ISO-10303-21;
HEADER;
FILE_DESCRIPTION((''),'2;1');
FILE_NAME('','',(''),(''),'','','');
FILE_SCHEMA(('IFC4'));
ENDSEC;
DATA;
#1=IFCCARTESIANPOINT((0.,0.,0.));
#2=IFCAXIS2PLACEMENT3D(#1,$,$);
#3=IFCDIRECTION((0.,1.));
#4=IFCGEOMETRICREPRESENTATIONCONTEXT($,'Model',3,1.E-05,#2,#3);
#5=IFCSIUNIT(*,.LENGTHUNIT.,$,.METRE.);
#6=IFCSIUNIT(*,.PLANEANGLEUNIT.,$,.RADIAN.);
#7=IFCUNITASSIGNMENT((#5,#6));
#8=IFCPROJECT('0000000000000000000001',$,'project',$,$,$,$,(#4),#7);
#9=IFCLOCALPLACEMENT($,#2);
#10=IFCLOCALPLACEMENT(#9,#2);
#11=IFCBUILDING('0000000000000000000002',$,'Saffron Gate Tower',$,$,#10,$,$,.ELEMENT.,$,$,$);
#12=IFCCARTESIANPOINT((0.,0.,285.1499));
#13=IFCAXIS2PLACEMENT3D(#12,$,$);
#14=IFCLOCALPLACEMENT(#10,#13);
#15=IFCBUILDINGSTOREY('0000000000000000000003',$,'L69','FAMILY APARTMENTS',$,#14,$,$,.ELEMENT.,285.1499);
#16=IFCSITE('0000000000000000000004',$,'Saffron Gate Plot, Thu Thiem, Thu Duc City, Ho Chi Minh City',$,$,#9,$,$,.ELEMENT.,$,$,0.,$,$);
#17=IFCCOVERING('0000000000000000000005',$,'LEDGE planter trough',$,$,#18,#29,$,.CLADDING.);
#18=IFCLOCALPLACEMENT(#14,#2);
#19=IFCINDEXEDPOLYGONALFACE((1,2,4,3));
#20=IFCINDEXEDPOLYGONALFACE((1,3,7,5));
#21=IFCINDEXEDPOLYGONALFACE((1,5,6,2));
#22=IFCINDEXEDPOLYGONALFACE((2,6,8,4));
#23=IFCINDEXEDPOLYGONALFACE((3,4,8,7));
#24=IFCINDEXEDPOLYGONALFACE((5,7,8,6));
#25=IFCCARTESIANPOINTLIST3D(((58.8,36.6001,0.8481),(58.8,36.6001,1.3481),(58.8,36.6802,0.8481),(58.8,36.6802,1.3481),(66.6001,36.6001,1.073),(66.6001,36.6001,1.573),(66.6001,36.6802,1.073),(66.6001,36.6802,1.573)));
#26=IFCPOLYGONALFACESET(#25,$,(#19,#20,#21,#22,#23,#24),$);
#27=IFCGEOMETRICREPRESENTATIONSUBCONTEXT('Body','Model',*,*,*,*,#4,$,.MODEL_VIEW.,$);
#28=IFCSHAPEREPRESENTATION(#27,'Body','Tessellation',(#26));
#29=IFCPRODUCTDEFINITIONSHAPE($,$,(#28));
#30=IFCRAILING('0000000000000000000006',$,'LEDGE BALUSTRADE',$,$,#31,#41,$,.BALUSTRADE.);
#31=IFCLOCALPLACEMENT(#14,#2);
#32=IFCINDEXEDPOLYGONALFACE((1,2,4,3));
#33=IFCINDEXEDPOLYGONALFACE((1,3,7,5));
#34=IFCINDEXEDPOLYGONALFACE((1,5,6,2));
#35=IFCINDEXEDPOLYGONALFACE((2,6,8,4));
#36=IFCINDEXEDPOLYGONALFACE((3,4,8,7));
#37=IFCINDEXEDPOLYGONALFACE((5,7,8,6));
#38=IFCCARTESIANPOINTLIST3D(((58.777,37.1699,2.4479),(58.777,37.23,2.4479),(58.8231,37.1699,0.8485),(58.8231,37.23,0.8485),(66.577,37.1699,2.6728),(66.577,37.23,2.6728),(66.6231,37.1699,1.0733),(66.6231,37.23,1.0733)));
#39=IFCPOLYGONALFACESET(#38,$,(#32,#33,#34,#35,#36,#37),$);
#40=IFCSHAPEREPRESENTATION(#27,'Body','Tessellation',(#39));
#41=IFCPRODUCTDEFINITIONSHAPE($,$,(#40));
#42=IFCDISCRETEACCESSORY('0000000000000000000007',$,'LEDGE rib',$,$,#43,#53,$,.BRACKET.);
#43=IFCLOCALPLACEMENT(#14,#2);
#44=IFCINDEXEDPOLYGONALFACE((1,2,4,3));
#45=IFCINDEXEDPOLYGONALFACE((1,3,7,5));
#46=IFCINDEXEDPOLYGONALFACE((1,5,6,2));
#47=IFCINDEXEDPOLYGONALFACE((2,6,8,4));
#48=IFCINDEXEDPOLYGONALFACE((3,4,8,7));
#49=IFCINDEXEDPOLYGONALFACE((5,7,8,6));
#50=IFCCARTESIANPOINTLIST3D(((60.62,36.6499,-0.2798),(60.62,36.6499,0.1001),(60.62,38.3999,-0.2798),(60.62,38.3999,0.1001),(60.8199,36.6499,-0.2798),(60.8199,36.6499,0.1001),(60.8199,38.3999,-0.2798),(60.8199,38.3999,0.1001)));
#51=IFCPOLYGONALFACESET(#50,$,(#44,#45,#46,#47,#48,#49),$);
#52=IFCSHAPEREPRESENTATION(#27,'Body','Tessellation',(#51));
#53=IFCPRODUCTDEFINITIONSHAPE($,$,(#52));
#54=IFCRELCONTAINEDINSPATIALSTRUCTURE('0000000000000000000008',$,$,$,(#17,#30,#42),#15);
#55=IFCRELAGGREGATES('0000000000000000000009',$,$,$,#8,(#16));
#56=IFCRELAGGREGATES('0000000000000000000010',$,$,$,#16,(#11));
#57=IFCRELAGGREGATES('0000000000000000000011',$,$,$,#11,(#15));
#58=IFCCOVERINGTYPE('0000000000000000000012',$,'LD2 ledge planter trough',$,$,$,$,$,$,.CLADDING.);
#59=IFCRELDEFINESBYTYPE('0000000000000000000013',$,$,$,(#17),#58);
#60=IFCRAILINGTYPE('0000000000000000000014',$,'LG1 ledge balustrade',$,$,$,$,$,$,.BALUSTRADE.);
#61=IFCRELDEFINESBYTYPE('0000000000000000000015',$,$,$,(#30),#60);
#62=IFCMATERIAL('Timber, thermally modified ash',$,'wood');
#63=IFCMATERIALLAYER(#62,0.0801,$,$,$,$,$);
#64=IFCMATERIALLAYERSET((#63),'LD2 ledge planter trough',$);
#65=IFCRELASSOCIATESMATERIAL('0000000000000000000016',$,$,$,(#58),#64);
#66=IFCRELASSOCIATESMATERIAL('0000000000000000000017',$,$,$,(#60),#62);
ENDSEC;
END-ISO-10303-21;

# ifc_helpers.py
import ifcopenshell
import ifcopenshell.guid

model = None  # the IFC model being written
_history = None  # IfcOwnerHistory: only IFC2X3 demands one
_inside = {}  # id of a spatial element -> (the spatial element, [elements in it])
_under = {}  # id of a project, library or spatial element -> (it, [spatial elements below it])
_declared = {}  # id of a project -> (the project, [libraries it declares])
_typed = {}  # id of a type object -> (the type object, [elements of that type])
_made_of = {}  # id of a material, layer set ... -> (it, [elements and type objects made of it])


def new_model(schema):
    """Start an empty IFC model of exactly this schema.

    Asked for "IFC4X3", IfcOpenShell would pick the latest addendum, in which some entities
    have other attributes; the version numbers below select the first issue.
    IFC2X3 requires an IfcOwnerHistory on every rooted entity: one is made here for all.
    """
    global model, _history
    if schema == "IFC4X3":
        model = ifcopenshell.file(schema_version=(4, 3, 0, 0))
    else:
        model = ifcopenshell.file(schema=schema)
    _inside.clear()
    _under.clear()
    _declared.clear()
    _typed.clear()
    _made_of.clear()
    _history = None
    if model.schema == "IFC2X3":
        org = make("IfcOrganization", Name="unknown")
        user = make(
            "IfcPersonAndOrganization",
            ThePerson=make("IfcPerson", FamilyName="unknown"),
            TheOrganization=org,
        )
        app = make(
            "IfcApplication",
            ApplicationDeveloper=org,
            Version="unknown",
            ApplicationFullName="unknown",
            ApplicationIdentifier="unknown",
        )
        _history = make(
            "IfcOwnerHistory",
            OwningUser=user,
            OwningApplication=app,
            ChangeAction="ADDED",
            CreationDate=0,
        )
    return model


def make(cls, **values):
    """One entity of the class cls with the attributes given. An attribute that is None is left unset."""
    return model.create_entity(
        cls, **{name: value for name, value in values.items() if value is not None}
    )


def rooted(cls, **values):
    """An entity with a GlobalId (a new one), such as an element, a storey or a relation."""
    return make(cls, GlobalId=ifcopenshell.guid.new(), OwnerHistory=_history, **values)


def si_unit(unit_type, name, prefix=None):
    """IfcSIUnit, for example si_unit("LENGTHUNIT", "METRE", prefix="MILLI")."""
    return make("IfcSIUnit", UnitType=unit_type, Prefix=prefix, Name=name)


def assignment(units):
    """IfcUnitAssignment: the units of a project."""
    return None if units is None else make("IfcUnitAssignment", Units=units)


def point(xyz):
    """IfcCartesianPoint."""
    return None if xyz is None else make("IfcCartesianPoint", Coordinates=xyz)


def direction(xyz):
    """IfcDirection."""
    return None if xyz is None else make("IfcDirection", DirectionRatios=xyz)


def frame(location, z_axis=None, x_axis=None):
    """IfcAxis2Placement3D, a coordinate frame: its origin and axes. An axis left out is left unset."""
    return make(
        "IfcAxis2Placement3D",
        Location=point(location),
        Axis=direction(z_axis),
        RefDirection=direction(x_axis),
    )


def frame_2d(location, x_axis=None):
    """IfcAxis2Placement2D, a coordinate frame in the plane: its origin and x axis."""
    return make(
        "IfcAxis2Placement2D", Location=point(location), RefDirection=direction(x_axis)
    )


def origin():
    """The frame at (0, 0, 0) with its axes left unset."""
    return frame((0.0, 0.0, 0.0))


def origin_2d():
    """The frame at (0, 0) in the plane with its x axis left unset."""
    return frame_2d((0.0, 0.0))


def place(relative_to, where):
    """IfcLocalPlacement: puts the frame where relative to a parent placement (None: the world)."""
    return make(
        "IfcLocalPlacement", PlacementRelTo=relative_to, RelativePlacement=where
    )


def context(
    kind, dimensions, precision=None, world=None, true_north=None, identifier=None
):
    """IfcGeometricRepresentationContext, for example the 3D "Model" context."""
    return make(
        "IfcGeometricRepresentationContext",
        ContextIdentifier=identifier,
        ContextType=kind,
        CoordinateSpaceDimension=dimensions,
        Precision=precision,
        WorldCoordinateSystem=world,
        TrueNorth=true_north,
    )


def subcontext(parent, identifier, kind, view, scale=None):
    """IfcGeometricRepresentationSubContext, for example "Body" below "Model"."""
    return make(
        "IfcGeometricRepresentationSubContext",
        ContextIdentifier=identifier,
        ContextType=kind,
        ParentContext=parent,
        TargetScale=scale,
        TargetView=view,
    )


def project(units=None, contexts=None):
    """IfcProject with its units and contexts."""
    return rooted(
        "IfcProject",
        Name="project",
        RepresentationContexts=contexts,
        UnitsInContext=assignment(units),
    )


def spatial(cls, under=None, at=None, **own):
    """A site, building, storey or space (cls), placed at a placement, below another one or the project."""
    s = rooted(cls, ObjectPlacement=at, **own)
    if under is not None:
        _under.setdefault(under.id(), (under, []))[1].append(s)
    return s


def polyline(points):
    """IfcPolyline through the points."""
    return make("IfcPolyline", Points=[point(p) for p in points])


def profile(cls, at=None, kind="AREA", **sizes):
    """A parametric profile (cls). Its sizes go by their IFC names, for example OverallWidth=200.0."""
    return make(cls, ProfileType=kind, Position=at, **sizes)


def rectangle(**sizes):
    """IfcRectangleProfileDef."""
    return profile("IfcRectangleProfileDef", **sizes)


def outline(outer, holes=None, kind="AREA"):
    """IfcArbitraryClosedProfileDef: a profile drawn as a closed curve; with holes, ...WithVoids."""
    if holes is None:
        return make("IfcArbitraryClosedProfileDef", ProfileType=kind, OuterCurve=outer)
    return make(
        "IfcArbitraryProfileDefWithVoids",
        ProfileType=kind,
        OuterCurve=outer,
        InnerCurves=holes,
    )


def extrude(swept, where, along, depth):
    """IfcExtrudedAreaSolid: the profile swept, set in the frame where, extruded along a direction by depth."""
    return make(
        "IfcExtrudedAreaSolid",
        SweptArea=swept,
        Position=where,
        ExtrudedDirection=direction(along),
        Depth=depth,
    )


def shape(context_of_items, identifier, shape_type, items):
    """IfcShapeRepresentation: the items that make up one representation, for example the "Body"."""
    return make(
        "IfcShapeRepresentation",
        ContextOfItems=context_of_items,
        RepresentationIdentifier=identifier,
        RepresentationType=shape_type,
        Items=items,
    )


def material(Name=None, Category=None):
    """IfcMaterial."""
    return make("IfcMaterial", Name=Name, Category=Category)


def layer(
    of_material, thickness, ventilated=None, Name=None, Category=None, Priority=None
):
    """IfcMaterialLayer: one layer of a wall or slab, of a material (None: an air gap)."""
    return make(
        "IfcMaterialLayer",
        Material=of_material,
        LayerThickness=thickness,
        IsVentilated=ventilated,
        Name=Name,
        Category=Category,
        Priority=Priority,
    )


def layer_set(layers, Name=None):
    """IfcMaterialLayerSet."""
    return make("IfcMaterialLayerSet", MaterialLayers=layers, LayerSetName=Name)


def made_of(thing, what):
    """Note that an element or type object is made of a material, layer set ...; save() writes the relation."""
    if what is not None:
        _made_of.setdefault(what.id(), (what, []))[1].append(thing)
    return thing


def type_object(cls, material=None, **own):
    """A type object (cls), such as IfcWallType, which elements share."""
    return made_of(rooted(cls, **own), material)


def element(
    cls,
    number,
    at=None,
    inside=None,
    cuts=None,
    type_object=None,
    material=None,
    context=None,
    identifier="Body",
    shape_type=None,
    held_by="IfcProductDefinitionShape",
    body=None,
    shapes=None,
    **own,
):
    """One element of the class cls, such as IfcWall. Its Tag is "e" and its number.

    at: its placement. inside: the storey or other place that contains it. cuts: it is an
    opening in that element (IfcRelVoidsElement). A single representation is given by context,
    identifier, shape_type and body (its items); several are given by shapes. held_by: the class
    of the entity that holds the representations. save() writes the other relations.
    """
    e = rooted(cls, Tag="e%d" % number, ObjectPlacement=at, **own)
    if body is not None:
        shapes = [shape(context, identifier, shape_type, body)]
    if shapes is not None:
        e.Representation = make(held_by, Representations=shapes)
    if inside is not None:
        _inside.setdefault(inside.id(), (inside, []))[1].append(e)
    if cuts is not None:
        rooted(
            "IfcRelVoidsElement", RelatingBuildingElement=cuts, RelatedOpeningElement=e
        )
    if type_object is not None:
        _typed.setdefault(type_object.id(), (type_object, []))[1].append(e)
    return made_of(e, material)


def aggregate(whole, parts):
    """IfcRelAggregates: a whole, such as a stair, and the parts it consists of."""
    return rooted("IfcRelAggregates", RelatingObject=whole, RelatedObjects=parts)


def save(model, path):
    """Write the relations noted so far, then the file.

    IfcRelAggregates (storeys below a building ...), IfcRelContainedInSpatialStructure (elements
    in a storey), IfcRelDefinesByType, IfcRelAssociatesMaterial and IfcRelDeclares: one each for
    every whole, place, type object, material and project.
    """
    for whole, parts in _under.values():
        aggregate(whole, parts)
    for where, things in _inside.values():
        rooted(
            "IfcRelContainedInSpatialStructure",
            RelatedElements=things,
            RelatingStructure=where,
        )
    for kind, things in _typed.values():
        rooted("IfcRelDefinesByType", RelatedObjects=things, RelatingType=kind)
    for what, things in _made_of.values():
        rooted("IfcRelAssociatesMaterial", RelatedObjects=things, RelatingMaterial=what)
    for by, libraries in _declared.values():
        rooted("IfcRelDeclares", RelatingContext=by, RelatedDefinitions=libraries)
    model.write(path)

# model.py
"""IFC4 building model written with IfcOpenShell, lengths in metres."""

from ifc_helpers import new_model, si_unit, direction, frame, origin, origin_2d, place, context, subcontext, project, spatial, polyline, rectangle, outline, extrude, material, layer, layer_set, type_object, element, save


model = new_model("IFC4")

# Units and contexts
model_context = context("Model", 3, precision=1e-05, world=origin(), true_north=direction((0.0, 1.0)))
body_context = subcontext(model_context, "Body", "Model", "MODEL_VIEW")
ifc_project = project(units=[si_unit("LENGTHUNIT", "METRE"), si_unit("PLANEANGLEUNIT", "RADIAN")], contexts=[model_context])

# Site, building, storey
site_placement = place(None, origin())
site = spatial("IfcSite", under=ifc_project, at=site_placement, Name="Saffron Gate Plot, Thu Thiem, Thu Duc City, Ho Chi Minh City", CompositionType="ELEMENT", RefElevation=0.0)
building_placement = place(site_placement, origin())
building = spatial("IfcBuilding", under=site, at=building_placement, Name="Saffron Gate Tower", CompositionType="ELEMENT")
storey_placement = place(building_placement, frame((0.0, 0.0, 285.1499)))
storey = spatial("IfcBuildingStorey", under=building, at=storey_placement, Name="L69", Description="FAMILY APARTMENTS", CompositionType="ELEMENT", Elevation=285.1499)

# Covering
ifc_material_1 = material(Name="Timber, thermally modified ash", Category="wood")
ifc_layer_1 = layer(ifc_material_1, 0.0801)
ifc_layer_set_1 = layer_set([ifc_layer_1], Name="LD2 ledge planter trough")
covering_type_1 = type_object("IfcCoveringType", Name="LD2 ledge planter trough", PredefinedType="CLADDING", material=ifc_layer_set_1)
covering_1_placement = place(storey_placement, frame((58.8, 36.6001, 0.8481), z_axis=(0.0, -1.0, 0.0), x_axis=(0.999585, 0.0, 0.028815)))
element("IfcCovering", 1, at=covering_1_placement, inside=storey, type_object=covering_type_1, Name="LEDGE planter trough", PredefinedType="CLADDING", context=body_context, shape_type="SweptSolid", body=[
    extrude(outline(polyline([(0.0, 0.0), (7.8033, 0.0), (7.8177, 0.4998), (0.0144, 0.4998), (0.0, 0.0)])), origin(), (0.0, 0.0, -1.0), 0.0801),
])

# Railing
railing_type = type_object("IfcRailingType", Name="LG1 ledge balustrade", PredefinedType="BALUSTRADE", material=ifc_material_1)
railing_placement = place(storey_placement, frame((58.8, 37.2, 0.8481)))
element("IfcRailing", 2, at=railing_placement, inside=storey, type_object=railing_type, Name="LEDGE BALUSTRADE", PredefinedType="BALUSTRADE", context=body_context, shape_type="SweptSolid", body=[
    extrude(rectangle(XDim=0.0601, YDim=1.6001, at=origin_2d()), frame((0.0, 0.0, 0.8), z_axis=(0.999585, 0.0, 0.028815), x_axis=(0.0, 1.0, 0.0)), (0.0, 0.0, 1.0), 7.8032),
])

# Discrete accessory
discrete_accessory_placement = place(storey_placement, frame((60.72, 37.5249, -0.2798), z_axis=(0.0, 0.0, 1.0), x_axis=(1.0, 0.0, 0.0)))
element("IfcDiscreteAccessory", 3, at=discrete_accessory_placement, inside=storey, Name="LEDGE rib", PredefinedType="BRACKET", context=body_context, shape_type="SweptSolid", body=[
    extrude(rectangle(XDim=0.2, YDim=1.75, at=origin_2d()), origin(), (0.0, 0.0, 1.0), 0.3799),
])

save(model, "model.ifc")
